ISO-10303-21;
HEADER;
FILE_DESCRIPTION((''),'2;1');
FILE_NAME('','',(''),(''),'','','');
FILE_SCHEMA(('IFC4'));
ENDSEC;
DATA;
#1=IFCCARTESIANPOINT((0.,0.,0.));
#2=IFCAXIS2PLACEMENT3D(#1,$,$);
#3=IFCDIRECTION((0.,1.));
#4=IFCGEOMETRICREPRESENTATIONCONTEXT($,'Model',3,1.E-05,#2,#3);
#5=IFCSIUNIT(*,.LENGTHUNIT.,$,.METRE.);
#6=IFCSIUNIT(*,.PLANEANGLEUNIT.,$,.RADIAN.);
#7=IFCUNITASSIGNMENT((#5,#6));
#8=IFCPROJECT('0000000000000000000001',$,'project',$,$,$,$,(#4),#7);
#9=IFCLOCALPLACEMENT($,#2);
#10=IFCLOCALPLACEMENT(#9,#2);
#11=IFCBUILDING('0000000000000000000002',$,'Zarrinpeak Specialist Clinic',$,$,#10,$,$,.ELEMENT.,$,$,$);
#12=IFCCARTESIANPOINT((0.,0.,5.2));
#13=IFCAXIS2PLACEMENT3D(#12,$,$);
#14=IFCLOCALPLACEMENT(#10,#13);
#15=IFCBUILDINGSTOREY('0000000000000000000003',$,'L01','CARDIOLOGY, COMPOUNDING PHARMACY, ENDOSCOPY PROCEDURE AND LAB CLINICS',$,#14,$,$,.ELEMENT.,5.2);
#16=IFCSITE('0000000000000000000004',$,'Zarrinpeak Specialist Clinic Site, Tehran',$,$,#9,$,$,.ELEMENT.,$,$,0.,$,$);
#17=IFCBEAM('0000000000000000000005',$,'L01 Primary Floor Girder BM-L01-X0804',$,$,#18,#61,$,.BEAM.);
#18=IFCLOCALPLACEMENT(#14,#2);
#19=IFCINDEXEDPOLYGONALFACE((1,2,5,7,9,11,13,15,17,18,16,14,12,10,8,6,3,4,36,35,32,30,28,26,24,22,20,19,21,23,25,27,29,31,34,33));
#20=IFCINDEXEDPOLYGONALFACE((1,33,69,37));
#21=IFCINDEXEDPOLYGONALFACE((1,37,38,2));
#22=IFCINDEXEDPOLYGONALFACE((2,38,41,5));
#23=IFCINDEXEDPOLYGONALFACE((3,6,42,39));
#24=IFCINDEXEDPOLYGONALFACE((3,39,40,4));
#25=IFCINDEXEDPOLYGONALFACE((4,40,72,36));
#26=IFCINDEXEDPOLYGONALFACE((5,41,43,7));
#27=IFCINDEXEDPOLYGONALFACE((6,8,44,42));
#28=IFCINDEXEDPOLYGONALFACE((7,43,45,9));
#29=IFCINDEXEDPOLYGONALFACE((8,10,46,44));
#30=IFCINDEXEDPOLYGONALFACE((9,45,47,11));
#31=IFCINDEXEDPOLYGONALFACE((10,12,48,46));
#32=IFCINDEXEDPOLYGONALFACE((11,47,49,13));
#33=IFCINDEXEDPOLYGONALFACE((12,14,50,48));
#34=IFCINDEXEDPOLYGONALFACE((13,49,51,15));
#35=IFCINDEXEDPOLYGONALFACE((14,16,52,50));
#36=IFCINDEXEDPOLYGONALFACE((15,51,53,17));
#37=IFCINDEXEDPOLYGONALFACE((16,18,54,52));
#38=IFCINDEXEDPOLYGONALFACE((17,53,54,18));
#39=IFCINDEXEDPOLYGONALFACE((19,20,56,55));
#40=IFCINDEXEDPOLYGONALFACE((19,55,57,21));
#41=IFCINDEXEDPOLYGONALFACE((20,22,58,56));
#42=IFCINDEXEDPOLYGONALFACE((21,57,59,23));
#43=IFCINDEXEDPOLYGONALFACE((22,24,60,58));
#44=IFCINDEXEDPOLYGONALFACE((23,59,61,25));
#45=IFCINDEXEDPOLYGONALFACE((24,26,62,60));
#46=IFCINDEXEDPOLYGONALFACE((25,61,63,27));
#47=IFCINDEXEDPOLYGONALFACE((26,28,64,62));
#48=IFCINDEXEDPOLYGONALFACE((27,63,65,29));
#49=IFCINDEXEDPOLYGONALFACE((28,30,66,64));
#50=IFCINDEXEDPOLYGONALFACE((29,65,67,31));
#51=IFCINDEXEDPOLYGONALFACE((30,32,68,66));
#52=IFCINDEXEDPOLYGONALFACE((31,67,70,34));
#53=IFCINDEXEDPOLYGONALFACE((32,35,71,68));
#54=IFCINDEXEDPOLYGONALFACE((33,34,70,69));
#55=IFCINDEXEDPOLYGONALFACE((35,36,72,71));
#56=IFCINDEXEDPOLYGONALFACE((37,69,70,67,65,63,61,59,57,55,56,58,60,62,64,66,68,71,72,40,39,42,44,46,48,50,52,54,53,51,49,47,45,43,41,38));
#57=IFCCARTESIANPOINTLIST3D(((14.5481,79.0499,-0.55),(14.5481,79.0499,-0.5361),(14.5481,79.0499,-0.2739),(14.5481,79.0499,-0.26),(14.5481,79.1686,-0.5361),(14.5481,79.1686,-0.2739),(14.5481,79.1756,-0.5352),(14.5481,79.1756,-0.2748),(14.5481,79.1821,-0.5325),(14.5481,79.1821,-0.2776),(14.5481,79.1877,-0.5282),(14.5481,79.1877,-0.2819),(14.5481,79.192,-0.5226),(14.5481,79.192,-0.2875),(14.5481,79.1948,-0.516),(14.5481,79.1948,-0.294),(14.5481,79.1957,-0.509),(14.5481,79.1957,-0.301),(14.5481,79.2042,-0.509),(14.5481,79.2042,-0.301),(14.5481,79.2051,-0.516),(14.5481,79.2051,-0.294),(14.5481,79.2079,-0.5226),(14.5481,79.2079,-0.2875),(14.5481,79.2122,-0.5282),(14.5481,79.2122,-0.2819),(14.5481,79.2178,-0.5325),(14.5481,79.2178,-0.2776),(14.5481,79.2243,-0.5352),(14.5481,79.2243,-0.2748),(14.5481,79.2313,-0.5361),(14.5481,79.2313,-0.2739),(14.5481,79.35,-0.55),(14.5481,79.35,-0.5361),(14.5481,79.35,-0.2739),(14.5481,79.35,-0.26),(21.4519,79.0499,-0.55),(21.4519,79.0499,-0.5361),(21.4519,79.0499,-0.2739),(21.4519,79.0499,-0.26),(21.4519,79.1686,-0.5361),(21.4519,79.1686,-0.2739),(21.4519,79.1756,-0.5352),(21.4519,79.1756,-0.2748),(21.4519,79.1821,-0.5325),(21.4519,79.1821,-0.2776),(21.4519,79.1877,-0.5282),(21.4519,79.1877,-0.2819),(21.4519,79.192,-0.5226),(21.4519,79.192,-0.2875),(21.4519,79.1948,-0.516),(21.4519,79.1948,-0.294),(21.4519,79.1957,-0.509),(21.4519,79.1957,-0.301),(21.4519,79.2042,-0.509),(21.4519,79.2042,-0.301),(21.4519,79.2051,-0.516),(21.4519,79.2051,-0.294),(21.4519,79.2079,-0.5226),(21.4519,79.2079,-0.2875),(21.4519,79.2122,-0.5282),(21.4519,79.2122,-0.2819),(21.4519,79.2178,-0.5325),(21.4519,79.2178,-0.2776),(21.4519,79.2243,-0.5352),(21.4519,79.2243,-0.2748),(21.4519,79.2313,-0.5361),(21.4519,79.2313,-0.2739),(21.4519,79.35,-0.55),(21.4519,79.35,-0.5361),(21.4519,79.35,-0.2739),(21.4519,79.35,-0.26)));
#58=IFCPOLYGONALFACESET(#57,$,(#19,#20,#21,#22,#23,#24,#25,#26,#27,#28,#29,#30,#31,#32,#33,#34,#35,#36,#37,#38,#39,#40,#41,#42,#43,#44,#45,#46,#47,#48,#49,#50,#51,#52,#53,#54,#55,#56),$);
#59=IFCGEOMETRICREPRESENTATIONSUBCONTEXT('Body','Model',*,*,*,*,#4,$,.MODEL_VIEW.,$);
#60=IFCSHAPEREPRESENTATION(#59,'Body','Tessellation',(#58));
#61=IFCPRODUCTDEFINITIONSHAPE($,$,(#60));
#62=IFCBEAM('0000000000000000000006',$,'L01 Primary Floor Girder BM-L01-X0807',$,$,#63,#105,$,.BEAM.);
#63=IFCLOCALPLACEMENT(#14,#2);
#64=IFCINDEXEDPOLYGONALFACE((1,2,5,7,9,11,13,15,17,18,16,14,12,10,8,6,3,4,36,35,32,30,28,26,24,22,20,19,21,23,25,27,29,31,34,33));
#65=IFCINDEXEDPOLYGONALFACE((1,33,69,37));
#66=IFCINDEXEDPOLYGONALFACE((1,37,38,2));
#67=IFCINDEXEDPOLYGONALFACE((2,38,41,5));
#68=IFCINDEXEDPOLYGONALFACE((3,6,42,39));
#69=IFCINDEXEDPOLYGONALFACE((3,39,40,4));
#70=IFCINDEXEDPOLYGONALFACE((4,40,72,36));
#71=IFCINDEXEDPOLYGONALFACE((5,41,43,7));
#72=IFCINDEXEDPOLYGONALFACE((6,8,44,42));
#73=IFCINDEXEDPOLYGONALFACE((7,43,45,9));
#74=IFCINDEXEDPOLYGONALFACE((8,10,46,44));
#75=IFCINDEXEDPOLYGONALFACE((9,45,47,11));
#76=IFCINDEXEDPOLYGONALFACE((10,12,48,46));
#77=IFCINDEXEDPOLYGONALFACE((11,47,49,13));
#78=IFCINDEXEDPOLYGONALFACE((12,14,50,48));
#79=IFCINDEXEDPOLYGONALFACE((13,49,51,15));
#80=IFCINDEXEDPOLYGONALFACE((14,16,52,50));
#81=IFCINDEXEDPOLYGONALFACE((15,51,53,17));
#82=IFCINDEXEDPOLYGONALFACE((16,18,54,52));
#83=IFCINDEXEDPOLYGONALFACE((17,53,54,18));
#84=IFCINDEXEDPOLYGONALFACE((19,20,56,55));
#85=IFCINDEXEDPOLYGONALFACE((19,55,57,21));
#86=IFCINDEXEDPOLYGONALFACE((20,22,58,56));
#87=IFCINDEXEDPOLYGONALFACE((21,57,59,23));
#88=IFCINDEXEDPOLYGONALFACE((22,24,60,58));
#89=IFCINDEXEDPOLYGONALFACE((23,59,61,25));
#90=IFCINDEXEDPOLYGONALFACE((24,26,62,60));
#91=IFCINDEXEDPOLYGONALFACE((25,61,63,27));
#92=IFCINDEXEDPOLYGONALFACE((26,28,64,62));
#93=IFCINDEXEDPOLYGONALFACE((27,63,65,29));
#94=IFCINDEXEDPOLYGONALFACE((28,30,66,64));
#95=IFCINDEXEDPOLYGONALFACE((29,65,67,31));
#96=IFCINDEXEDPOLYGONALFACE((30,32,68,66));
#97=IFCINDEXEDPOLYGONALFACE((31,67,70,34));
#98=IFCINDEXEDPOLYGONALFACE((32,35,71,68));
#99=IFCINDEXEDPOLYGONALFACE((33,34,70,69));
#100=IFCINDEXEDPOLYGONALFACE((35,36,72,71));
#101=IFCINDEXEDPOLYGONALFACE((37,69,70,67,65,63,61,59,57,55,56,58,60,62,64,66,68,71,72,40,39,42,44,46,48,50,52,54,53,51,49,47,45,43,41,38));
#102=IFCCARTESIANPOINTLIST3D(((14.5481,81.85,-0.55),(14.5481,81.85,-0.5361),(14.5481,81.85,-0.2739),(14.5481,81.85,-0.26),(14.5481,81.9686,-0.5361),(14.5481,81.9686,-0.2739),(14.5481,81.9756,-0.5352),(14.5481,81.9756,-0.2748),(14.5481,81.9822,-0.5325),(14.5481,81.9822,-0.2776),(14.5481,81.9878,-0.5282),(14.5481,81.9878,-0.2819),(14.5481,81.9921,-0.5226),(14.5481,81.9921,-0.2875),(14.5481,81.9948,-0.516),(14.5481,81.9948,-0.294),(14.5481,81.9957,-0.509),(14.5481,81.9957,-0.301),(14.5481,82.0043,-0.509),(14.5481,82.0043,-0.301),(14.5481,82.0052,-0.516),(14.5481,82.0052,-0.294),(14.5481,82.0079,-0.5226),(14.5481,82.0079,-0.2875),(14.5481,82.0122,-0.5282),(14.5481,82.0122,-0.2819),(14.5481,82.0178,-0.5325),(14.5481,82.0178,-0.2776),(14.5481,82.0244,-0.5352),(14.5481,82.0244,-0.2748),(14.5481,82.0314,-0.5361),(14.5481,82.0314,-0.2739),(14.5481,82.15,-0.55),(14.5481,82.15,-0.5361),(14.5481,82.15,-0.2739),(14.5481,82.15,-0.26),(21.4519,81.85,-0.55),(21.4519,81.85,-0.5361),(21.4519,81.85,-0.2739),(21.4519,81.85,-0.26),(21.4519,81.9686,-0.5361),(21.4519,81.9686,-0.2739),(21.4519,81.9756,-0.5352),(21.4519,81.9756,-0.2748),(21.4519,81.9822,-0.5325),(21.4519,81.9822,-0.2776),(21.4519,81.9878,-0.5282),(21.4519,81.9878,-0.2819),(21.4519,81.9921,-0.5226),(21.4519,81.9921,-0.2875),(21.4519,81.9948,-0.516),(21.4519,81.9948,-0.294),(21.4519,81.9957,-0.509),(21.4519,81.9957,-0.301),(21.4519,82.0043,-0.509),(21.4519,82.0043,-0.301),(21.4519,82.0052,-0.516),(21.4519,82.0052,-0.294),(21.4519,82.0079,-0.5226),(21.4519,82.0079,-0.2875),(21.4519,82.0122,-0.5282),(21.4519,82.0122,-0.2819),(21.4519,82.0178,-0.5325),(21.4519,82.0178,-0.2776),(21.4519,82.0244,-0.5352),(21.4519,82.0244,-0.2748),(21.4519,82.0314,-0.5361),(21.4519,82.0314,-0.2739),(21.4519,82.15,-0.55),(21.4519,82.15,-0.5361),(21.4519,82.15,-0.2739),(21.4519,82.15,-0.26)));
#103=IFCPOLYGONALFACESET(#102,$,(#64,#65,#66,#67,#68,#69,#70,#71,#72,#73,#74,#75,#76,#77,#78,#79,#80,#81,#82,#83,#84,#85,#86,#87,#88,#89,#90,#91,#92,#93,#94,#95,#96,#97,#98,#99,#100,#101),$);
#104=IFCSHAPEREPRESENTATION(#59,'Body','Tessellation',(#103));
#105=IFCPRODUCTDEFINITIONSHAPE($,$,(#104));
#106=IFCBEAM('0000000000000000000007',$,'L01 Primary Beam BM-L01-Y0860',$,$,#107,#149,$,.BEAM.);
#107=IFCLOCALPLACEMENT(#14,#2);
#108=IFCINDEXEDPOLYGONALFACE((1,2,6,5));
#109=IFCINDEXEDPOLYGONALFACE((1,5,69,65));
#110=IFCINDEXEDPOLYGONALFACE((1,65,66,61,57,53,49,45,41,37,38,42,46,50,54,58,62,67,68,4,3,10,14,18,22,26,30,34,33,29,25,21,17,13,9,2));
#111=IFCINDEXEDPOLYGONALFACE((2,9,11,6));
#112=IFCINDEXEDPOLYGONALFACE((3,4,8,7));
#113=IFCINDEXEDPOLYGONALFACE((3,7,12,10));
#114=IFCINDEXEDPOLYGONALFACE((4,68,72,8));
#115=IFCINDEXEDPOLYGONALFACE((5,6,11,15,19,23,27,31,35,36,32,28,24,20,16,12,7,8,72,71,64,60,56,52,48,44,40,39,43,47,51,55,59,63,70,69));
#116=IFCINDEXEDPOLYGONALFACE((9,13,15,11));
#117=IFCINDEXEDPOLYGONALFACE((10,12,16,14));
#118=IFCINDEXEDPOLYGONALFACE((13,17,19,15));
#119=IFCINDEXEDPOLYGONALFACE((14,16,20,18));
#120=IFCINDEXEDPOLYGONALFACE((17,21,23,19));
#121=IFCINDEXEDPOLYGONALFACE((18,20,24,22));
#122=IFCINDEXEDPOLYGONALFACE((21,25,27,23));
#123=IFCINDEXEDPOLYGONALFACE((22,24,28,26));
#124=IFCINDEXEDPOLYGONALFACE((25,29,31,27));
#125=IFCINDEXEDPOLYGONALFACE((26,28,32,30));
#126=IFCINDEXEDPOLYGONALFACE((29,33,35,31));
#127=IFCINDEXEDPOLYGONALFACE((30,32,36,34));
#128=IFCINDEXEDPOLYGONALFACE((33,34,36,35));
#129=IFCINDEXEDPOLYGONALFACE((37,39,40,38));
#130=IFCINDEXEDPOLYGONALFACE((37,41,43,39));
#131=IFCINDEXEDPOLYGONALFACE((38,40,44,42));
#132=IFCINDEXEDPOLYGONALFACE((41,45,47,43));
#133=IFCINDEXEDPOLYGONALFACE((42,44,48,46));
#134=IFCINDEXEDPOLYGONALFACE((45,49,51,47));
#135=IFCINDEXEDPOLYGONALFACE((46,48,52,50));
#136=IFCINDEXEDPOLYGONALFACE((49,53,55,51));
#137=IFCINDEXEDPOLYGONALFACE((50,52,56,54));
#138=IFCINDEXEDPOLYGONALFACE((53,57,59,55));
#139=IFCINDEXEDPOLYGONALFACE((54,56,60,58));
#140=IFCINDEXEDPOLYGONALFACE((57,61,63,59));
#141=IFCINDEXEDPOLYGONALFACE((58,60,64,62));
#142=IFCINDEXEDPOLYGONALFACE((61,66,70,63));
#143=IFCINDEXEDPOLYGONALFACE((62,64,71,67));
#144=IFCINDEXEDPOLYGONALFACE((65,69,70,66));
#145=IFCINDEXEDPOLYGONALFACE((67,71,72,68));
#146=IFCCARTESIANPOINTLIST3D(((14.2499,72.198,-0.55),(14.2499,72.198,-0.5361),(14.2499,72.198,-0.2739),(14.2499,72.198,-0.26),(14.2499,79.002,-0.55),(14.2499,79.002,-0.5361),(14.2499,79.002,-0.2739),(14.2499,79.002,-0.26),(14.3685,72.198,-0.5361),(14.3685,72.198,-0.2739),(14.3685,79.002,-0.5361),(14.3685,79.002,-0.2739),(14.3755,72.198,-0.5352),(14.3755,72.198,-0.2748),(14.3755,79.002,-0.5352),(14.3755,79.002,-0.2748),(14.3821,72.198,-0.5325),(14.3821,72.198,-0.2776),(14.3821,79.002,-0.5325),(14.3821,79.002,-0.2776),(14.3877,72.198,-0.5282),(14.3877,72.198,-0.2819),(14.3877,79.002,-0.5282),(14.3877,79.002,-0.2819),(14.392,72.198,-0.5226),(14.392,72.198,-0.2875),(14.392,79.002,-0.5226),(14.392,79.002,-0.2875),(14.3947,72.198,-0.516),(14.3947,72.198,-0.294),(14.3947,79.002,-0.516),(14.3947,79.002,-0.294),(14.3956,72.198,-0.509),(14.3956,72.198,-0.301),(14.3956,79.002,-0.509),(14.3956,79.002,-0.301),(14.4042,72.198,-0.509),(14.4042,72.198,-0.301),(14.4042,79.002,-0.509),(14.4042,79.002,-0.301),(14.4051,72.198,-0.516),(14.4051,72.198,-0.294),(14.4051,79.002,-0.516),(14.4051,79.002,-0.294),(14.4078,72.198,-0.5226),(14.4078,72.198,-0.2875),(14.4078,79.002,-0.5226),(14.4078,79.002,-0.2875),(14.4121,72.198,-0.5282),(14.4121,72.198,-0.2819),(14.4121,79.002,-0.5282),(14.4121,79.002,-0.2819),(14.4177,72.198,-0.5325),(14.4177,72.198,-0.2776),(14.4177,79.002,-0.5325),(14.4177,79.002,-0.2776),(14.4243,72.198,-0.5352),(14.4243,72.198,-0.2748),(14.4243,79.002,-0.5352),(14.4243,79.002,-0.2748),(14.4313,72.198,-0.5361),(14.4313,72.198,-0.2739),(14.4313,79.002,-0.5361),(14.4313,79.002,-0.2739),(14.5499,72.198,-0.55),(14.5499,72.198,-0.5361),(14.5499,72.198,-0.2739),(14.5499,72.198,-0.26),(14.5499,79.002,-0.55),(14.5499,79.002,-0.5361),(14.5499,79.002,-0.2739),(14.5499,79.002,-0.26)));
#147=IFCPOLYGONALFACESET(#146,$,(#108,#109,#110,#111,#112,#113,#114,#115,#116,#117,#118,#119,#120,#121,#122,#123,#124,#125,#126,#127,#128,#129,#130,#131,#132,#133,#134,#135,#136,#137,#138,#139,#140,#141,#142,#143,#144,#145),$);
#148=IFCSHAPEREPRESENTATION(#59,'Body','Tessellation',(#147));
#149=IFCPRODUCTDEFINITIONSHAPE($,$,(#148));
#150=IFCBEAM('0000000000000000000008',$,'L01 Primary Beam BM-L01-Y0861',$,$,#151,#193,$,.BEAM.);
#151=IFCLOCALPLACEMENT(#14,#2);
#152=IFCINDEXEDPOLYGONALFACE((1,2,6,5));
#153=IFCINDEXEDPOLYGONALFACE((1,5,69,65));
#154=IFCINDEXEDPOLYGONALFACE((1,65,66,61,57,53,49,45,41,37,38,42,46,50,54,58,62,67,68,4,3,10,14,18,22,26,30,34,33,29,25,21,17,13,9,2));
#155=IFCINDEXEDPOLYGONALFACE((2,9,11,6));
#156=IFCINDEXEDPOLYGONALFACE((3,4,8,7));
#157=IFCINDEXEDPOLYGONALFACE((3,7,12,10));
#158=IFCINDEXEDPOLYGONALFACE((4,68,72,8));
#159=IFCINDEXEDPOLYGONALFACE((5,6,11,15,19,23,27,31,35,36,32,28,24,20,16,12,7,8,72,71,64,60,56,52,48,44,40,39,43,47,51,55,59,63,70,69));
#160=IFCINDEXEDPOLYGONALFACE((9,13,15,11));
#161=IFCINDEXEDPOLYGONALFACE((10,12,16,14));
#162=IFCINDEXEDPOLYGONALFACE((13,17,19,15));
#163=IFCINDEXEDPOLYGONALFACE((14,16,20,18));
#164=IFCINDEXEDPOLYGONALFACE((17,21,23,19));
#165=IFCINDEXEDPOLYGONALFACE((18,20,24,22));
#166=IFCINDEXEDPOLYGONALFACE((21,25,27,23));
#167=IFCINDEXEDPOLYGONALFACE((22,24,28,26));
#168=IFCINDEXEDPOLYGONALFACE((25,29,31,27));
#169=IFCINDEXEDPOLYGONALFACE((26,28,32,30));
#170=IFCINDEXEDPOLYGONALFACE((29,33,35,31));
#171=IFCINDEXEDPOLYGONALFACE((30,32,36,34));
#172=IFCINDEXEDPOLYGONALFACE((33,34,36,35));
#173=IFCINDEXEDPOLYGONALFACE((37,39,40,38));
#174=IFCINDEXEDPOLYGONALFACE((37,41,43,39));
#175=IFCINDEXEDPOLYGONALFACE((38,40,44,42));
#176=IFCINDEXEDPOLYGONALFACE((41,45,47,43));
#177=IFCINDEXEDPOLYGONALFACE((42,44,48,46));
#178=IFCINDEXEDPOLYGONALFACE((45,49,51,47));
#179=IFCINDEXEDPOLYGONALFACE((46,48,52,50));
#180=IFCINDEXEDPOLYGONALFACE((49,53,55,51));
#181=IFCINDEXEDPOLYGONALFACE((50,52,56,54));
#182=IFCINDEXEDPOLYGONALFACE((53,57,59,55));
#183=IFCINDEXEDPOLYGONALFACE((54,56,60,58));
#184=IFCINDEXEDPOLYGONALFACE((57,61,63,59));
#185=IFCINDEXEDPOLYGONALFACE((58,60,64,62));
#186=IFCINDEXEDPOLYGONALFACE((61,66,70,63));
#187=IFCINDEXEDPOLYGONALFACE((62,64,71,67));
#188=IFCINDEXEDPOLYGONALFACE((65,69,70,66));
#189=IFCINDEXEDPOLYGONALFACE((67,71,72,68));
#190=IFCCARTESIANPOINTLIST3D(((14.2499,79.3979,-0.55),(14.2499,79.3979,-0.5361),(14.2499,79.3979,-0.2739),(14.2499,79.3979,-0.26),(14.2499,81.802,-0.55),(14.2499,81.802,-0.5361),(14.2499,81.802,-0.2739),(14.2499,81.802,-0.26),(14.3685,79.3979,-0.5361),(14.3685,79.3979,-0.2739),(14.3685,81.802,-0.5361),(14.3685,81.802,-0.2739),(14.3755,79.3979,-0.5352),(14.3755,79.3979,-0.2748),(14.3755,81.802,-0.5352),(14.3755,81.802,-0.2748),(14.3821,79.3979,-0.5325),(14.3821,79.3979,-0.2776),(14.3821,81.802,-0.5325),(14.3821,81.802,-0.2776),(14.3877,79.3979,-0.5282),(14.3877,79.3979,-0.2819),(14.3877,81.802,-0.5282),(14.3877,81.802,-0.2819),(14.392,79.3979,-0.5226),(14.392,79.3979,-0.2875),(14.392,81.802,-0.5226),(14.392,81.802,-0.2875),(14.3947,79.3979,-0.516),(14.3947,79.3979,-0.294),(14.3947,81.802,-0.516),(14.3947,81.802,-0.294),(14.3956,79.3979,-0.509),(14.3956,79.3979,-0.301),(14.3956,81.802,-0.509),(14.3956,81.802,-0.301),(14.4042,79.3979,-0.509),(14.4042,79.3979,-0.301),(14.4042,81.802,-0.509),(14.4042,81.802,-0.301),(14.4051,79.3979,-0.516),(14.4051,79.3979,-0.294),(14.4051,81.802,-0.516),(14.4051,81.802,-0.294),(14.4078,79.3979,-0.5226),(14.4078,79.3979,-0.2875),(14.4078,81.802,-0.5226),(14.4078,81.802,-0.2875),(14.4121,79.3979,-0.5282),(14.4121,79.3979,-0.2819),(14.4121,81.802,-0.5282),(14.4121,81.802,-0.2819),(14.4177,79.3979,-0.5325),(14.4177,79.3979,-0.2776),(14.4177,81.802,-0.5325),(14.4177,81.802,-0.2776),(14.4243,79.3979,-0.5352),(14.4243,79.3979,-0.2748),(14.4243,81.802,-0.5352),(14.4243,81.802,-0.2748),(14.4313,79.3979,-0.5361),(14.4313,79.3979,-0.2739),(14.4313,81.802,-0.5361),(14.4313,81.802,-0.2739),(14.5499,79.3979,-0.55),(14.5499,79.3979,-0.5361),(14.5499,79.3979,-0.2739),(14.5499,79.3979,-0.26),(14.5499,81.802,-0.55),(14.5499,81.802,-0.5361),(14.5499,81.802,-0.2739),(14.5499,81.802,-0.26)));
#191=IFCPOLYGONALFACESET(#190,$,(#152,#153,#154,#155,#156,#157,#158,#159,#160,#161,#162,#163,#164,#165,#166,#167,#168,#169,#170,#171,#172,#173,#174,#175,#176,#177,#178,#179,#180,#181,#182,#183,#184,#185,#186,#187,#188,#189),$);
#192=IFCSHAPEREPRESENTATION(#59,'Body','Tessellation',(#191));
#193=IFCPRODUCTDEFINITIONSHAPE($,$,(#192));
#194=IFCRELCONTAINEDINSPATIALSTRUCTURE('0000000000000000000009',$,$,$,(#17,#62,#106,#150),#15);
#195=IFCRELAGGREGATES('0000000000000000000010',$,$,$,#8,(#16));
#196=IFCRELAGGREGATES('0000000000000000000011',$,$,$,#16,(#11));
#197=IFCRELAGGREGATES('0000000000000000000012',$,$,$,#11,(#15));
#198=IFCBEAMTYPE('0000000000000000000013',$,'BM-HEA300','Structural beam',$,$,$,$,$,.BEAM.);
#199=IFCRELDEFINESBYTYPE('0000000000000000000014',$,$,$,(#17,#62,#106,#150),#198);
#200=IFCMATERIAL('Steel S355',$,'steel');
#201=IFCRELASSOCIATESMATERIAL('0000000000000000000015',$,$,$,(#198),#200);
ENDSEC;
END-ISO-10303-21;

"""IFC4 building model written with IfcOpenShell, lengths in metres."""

from ifc_helpers import new_model, si_unit, direction, frame, origin, origin_2d, place, context, subcontext, project, spatial, i_section, extrude, material, material_profile, profile_set, type_object, element, save


model = new_model("IFC4")

# Units and contexts
model_context = context("Model", 3, precision=1e-05, world=origin(), true_north=direction((0.0, 1.0)))
body_context = subcontext(model_context, "Body", "Model", "MODEL_VIEW")
ifc_project = project(units=[si_unit("LENGTHUNIT", "METRE"), si_unit("PLANEANGLEUNIT", "RADIAN")], contexts=[model_context])

# Site, building, storey
site_placement = place(None, origin())
site = spatial("IfcSite", under=ifc_project, at=site_placement, Name="Zarrinpeak Specialist Clinic Site, Tehran", CompositionType="ELEMENT", RefElevation=0.0)
building_placement = place(site_placement, origin())
building = spatial("IfcBuilding", under=site, at=building_placement, Name="Zarrinpeak Specialist Clinic", CompositionType="ELEMENT")
storey_placement = place(building_placement, frame((0.0, 0.0, 5.2)))
storey = spatial("IfcBuildingStorey", under=building, at=storey_placement, Name="L01", Description="CARDIOLOGY, COMPOUNDING PHARMACY, ENDOSCOPY PROCEDURE AND LAB CLINICS", CompositionType="ELEMENT", Elevation=5.2)

# Shared definitions
ifc_material_1 = material(Name="Steel S355", Category="steel")

# Beams
ifc_material_profile_1 = material_profile(ifc_material_1, i_section(OverallWidth=0.3, OverallDepth=0.29, WebThickness=0.0085, FlangeThickness=0.0139, FilletRadius=0.0271, at=origin_2d()), Name="HEA 300")
ifc_profile_set_1 = profile_set([ifc_material_profile_1], Name="Steel S355")
beam_type_1 = type_object("IfcBeamType", Name="BM-HEA300", Description="Structural beam", PredefinedType="BEAM", material=ifc_profile_set_1)
for number, where, z_axis, x_axis, name in (
    (1, (14.5481, 79.2, -0.405), (1.0, 0.0, 0.0), (0.0, 1.0, 0.0), "L01 Primary Floor Girder BM-L01-X0804"),
    (2, (14.5481, 82.0, -0.405), (1.0, 0.0, 0.0), (0.0, 1.0, 0.0), "L01 Primary Floor Girder BM-L01-X0807"),
):
    element("IfcBeam", number, at=place(storey_placement, frame(where, z_axis=z_axis, x_axis=x_axis)), inside=storey, type_object=beam_type_1, Name=name, PredefinedType="BEAM", context=body_context, shape_type="SweptSolid", body=[
        extrude(i_section(OverallWidth=0.3, OverallDepth=0.29, WebThickness=0.0085, FlangeThickness=0.0139, FilletRadius=0.0271, at=origin_2d()), origin(), (0.0, 0.0, 1.0), 6.9038),
    ])
beam_1_placement = place(storey_placement, frame((14.3999, 72.198, -0.405), z_axis=(0.0, 1.0, 0.0), x_axis=(-1.0, 0.0, 0.0)))
element("IfcBeam", 3, at=beam_1_placement, inside=storey, type_object=beam_type_1, Name="L01 Primary Beam BM-L01-Y0860", PredefinedType="BEAM", context=body_context, shape_type="SweptSolid", body=[
    extrude(i_section(OverallWidth=0.3, OverallDepth=0.29, WebThickness=0.0085, FlangeThickness=0.0139, FilletRadius=0.0271, at=origin_2d()), origin(), (0.0, 0.0, 1.0), 6.804),
])
beam_2_placement = place(storey_placement, frame((14.3999, 79.3979, -0.405), z_axis=(0.0, 1.0, 0.0), x_axis=(-1.0, 0.0, 0.0)))
element("IfcBeam", 4, at=beam_2_placement, inside=storey, type_object=beam_type_1, Name="L01 Primary Beam BM-L01-Y0861", PredefinedType="BEAM", context=body_context, shape_type="SweptSolid", body=[
    extrude(i_section(OverallWidth=0.3, OverallDepth=0.29, WebThickness=0.0085, FlangeThickness=0.0139, FilletRadius=0.0271, at=origin_2d()), origin(), (0.0, 0.0, 1.0), 2.4041),
])

save(model, "model.ifc")
